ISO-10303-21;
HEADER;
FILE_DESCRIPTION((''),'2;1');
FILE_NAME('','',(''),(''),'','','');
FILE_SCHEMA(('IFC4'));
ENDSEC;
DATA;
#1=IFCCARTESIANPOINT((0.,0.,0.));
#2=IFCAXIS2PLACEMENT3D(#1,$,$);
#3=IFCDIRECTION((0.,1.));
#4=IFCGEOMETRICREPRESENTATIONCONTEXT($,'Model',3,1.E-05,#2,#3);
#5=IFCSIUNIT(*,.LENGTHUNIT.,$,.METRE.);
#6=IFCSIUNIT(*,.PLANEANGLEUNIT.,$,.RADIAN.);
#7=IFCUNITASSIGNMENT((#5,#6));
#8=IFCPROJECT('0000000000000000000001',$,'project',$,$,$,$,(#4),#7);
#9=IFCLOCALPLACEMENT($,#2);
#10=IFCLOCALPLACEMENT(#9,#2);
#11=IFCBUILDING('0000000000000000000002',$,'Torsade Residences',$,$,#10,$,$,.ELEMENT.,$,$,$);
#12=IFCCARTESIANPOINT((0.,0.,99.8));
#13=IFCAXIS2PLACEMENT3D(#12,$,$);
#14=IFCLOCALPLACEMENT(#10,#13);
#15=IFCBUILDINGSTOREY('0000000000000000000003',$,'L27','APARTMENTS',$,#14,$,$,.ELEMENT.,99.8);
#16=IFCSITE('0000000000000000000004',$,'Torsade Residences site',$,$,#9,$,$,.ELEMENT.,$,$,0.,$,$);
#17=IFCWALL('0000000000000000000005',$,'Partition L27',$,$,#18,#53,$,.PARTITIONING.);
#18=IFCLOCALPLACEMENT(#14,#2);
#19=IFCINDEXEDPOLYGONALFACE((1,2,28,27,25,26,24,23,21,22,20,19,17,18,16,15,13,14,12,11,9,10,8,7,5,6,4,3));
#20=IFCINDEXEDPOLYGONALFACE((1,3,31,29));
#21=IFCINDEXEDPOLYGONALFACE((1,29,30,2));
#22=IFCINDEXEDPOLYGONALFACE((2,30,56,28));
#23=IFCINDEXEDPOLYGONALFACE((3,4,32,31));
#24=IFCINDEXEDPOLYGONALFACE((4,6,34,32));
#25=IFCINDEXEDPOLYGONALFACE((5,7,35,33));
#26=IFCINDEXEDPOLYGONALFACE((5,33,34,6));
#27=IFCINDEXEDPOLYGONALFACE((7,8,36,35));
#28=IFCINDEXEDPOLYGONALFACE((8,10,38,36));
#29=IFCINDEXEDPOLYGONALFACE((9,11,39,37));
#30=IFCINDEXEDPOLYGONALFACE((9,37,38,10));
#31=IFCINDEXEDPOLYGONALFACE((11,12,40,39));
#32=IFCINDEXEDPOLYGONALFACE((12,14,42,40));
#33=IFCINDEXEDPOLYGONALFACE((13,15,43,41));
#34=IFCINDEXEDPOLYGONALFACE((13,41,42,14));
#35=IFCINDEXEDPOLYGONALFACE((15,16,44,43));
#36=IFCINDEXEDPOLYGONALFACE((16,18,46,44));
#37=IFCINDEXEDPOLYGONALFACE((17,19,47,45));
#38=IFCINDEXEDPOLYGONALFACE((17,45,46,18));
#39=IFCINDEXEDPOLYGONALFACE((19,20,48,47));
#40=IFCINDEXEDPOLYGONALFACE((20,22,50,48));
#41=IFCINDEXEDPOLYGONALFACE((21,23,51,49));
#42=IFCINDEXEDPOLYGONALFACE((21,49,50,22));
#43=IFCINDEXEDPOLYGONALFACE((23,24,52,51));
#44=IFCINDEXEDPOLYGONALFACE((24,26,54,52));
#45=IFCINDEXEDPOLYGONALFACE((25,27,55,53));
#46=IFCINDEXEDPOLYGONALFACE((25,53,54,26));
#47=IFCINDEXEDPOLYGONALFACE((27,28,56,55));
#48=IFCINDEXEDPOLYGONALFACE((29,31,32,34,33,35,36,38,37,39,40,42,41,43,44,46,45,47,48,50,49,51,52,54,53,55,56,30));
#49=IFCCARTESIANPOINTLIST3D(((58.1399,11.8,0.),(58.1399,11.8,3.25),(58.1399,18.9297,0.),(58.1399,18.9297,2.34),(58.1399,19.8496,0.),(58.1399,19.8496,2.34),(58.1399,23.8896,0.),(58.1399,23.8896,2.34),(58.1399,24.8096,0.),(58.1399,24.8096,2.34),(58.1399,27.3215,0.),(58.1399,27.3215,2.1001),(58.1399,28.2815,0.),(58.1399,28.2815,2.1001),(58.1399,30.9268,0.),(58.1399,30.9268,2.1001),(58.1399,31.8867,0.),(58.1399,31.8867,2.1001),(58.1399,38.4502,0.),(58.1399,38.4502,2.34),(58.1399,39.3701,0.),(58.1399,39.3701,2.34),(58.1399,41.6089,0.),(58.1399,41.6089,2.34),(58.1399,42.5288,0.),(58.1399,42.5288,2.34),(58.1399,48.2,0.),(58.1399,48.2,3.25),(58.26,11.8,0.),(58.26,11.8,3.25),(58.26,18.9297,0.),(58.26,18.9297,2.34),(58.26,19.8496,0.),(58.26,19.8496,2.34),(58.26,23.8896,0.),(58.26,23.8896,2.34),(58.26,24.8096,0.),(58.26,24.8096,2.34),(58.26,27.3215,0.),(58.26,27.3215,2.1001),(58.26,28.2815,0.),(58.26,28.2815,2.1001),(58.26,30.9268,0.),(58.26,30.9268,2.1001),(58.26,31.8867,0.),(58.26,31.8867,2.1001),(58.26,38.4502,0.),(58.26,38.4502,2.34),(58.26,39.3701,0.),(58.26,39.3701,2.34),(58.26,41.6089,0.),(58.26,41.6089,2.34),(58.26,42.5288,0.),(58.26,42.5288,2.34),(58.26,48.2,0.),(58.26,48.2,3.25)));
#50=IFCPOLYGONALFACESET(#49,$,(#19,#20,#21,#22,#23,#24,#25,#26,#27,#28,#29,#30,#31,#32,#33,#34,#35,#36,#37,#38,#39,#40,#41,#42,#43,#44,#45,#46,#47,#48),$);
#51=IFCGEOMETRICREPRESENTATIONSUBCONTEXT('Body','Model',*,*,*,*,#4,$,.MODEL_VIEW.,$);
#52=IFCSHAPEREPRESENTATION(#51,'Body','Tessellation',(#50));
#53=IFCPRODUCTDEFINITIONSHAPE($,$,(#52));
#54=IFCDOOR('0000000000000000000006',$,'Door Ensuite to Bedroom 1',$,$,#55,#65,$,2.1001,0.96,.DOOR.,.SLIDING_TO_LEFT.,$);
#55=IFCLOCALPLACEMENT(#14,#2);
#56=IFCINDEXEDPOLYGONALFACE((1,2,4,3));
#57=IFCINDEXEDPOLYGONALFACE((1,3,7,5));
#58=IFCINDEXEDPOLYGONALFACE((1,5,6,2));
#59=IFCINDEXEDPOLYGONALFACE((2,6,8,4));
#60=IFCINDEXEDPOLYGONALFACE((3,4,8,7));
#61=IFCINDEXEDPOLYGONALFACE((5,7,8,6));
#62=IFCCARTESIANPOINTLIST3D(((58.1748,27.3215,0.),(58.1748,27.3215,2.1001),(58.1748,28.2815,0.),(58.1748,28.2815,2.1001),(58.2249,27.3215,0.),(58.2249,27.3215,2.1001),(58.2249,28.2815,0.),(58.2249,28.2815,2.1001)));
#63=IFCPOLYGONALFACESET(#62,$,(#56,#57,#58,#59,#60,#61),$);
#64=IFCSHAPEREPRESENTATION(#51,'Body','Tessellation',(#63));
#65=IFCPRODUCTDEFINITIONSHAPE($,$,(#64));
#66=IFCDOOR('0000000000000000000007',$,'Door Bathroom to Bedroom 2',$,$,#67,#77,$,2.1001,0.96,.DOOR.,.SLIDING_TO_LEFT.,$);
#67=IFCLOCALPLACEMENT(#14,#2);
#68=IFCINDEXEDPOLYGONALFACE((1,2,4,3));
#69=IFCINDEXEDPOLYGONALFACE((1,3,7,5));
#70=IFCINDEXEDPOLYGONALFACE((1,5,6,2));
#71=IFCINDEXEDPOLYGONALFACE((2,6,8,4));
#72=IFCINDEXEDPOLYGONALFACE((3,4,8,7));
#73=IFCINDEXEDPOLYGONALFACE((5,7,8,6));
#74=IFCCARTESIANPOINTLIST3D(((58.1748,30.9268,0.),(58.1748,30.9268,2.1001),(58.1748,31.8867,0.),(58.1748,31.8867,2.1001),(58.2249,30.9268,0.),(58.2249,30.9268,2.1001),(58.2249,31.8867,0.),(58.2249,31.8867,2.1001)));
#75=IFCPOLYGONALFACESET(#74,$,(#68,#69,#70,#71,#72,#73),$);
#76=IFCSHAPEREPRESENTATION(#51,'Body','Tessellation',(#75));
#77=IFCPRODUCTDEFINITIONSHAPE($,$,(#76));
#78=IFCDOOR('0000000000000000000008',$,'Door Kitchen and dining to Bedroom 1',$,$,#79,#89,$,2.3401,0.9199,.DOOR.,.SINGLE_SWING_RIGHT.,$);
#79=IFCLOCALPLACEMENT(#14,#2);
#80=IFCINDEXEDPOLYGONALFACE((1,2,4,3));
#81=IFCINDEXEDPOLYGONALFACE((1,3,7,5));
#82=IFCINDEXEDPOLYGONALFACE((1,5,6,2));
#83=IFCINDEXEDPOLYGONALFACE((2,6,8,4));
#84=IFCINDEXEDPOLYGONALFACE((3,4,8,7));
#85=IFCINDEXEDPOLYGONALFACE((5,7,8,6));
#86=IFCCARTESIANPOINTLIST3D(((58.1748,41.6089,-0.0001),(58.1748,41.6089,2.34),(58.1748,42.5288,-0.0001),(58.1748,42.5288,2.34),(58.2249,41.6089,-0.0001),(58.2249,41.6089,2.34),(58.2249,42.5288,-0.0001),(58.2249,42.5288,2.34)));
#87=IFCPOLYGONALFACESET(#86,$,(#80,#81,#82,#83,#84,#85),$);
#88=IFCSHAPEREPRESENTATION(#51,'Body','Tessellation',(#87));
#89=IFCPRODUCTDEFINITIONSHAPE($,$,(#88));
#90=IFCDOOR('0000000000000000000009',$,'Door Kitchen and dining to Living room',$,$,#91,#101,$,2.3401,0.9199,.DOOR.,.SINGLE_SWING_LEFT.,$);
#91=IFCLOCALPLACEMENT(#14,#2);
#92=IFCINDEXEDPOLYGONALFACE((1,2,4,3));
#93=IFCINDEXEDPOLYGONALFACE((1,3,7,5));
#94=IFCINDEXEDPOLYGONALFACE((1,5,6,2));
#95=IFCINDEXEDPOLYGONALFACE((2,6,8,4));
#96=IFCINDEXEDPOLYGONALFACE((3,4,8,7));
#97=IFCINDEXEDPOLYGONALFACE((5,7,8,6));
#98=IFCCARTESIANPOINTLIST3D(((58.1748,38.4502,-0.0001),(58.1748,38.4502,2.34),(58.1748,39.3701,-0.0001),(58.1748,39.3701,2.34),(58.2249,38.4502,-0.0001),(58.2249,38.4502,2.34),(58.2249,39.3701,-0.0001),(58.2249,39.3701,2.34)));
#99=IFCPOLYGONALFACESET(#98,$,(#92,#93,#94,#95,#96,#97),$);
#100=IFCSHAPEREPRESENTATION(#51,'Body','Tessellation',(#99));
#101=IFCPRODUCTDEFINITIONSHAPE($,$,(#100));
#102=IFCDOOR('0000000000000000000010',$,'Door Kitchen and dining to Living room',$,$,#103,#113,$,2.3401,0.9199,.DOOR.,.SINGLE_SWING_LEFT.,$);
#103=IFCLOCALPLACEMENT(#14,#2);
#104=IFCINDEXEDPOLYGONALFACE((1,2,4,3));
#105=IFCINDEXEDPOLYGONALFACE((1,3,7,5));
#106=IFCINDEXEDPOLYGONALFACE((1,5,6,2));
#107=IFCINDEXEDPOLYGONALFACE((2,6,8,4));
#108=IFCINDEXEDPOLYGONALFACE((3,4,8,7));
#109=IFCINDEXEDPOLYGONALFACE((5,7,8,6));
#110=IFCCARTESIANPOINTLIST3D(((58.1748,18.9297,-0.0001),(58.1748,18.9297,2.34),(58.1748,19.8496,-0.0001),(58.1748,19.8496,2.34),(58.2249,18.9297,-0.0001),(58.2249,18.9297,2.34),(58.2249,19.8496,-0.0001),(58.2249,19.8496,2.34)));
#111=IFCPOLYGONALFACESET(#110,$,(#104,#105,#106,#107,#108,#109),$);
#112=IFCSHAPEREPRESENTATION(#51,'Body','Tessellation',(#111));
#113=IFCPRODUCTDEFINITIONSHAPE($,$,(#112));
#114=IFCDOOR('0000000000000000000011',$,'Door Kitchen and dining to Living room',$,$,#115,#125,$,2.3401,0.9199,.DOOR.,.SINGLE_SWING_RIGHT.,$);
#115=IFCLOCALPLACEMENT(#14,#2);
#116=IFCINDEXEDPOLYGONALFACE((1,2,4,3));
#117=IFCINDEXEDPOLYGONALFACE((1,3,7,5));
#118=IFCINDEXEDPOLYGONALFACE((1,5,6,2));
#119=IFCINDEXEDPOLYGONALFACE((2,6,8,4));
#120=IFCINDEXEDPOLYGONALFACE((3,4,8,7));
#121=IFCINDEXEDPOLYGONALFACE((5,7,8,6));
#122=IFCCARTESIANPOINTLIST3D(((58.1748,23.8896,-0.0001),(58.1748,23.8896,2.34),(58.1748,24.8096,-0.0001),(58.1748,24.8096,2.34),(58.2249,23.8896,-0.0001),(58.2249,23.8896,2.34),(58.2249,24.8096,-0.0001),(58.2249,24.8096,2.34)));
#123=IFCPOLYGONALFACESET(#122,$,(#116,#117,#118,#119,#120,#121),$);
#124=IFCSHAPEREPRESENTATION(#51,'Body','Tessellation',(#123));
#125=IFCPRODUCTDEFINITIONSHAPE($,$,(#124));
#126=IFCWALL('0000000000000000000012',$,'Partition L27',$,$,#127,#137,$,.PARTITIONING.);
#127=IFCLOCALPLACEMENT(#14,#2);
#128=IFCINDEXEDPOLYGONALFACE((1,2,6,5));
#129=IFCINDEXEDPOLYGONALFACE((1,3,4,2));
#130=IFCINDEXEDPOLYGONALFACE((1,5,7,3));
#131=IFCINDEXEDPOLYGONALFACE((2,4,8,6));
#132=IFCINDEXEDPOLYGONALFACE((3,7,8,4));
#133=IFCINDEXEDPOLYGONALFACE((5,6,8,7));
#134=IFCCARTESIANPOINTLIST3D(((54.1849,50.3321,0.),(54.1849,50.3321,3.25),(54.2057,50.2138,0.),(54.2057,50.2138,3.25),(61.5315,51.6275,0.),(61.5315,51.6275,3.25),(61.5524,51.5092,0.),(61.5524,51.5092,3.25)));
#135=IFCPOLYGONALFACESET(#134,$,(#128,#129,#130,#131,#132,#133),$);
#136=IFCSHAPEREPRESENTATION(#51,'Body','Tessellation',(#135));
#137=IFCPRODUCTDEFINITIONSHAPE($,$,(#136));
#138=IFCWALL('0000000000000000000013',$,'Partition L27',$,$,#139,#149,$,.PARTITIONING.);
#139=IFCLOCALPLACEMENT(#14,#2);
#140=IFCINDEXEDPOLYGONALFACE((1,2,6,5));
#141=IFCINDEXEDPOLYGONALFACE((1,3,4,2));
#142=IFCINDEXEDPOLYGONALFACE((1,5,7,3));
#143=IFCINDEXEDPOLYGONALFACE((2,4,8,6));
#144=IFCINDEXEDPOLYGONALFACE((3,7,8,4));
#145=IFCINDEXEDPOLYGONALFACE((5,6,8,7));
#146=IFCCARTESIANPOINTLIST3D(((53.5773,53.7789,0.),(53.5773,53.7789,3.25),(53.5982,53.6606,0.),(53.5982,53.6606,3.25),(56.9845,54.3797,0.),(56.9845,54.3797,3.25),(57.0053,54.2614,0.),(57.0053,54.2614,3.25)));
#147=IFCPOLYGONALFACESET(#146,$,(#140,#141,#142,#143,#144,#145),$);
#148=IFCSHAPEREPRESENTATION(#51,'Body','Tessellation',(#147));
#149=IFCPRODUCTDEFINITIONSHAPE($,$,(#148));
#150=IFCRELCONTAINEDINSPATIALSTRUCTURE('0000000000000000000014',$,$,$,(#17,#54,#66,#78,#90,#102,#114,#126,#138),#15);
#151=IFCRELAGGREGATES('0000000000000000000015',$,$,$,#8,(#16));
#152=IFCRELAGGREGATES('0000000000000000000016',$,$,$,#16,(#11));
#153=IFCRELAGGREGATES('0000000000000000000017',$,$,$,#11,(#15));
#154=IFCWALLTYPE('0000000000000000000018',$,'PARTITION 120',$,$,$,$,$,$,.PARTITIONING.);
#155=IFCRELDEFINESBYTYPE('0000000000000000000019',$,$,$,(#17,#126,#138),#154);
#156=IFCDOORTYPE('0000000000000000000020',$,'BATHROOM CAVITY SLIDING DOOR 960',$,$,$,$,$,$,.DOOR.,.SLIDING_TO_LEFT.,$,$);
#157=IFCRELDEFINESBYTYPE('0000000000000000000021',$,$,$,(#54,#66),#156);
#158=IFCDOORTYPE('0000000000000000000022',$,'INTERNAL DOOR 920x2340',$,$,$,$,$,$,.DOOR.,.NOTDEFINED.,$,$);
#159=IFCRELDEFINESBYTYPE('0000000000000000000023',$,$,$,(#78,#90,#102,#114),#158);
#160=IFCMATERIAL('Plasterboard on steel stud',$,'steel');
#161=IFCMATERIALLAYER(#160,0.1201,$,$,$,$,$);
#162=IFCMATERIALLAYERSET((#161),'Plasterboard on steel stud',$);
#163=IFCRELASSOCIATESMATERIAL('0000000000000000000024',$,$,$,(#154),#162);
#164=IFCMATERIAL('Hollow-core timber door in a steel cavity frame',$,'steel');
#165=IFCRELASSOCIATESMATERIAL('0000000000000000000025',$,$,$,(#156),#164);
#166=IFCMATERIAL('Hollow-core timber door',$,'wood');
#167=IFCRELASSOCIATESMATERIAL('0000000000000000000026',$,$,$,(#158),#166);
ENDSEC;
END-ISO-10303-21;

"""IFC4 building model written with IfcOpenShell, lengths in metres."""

from ifc_helpers import new_model, si_unit, direction, frame, frame_2d, origin, place, context, subcontext, project, spatial, rectangle, extrude, material, layer, layer_set, type_object, element, fill, save


model = new_model("IFC4")

# Units and contexts
model_context = context("Model", 3, precision=1e-05, world=origin(), true_north=direction((0.0, 1.0)))
body_context = subcontext(model_context, "Body", "Model", "MODEL_VIEW")
ifc_project = project(units=[si_unit("LENGTHUNIT", "METRE"), si_unit("PLANEANGLEUNIT", "RADIAN")], contexts=[model_context])

# Site, building, storey
site_placement = place(None, origin())
site = spatial("IfcSite", under=ifc_project, at=site_placement, Name="Torsade Residences site", CompositionType="ELEMENT", RefElevation=0.0)
building_placement = place(site_placement, origin())
building = spatial("IfcBuilding", under=site, at=building_placement, Name="Torsade Residences", CompositionType="ELEMENT")
storey_placement = place(building_placement, frame((0.0, 0.0, 99.8)))
storey = spatial("IfcBuildingStorey", under=building, at=storey_placement, Name="L27", Description="APARTMENTS", CompositionType="ELEMENT", Elevation=99.8)

# Wall, openings, doors
ifc_material_1 = material(Name="Plasterboard on steel stud", Category="steel")
ifc_layer_1 = layer(ifc_material_1, 0.1201)
ifc_layer_set_1 = layer_set([ifc_layer_1], Name="Plasterboard on steel stud")
wall_type = type_object("IfcWallType", Name="PARTITION 120", PredefinedType="PARTITIONING", material=ifc_layer_set_1)
wall_1_placement = place(storey_placement, frame((58.2, 48.2, 0.0), z_axis=(0.0, 0.0, 1.0), x_axis=(0.0, -1.0, 0.0)))
wall_1 = element("IfcWall", 1, at=wall_1_placement, inside=storey, type_object=wall_type, Name="Partition L27", PredefinedType="PARTITIONING", context=body_context, shape_type="SweptSolid", body=[
    extrude(rectangle(XDim=36.3999, YDim=0.1201, at=frame_2d((18.2, 0.0))), origin(), (0.0, 0.0, 1.0), 3.25),
])
opening_1_placement = place(wall_1_placement, frame((5.6711, 0.0, 0.0)))
opening_1 = element("IfcOpeningElement", 2, at=opening_1_placement, cuts=wall_1, PredefinedType="OPENING", context=body_context, shape_type="SweptSolid", body=[
    extrude(rectangle(XDim=0.9199, YDim=2.3401, at=frame_2d((0.46, 1.1699))), frame((0.0, 0.0701, 0.0), z_axis=(0.0, -1.0, 0.0), x_axis=(1.0, 0.0, 0.0)), (0.0, 0.0, 1.0), 0.1401),
])
opening_2_placement = place(wall_1_placement, frame((8.8298, 0.0, 0.0)))
opening_2 = element("IfcOpeningElement", 3, at=opening_2_placement, cuts=wall_1, PredefinedType="OPENING", context=body_context, shape_type="SweptSolid", body=[
    extrude(rectangle(XDim=0.9199, YDim=2.3401, at=frame_2d((0.46, 1.1699))), frame((0.0, 0.0701, 0.0), z_axis=(0.0, -1.0, 0.0), x_axis=(1.0, 0.0, 0.0)), (0.0, 0.0, 1.0), 0.1401),
])
opening_3_placement = place(wall_1_placement, frame((28.3503, 0.0, 0.0)))
opening_3 = element("IfcOpeningElement", 4, at=opening_3_placement, cuts=wall_1, PredefinedType="OPENING", context=body_context, shape_type="SweptSolid", body=[
    extrude(rectangle(XDim=0.9199, YDim=2.3401, at=frame_2d((0.46, 1.1699))), frame((0.0, 0.0701, 0.0), z_axis=(0.0, -1.0, 0.0), x_axis=(1.0, 0.0, 0.0)), (0.0, 0.0, 1.0), 0.1401),
])
opening_4_placement = place(wall_1_placement, frame((23.3904, 0.0, 0.0)))
opening_4 = element("IfcOpeningElement", 5, at=opening_4_placement, cuts=wall_1, PredefinedType="OPENING", context=body_context, shape_type="SweptSolid", body=[
    extrude(rectangle(XDim=0.9199, YDim=2.3401, at=frame_2d((0.46, 1.1699))), frame((0.0, 0.0701, 0.0), z_axis=(0.0, -1.0, 0.0), x_axis=(1.0, 0.0, 0.0)), (0.0, 0.0, 1.0), 0.1401),
])
opening_5_placement = place(wall_1_placement, frame((19.9185, 0.0, 0.0)))
opening_5 = element("IfcOpeningElement", 6, at=opening_5_placement, cuts=wall_1, PredefinedType="OPENING", context=body_context, shape_type="SweptSolid", body=[
    extrude(rectangle(XDim=0.96, YDim=2.1001, at=frame_2d((0.48, 1.05))), frame((0.0, 0.0701, 0.0), z_axis=(0.0, -1.0, 0.0), x_axis=(1.0, 0.0, 0.0)), (0.0, 0.0, 1.0), 0.1401),
])
opening_6_placement = place(wall_1_placement, frame((16.3132, 0.0, 0.0)))
opening_6 = element("IfcOpeningElement", 7, at=opening_6_placement, cuts=wall_1, PredefinedType="OPENING", context=body_context, shape_type="SweptSolid", body=[
    extrude(rectangle(XDim=0.96, YDim=2.1001, at=frame_2d((0.48, 1.05))), frame((0.0, 0.0701, 0.0), z_axis=(0.0, -1.0, 0.0), x_axis=(1.0, 0.0, 0.0)), (0.0, 0.0, 1.0), 0.1401),
])
ifc_material_2 = material(Name="Hollow-core timber door in a steel cavity frame", Category="steel")
door_type_1 = type_object("IfcDoorType", Name="BATHROOM CAVITY SLIDING DOOR 960", OperationType="SLIDING_TO_LEFT", PredefinedType="DOOR", material=ifc_material_2)
door_1_placement = place(opening_5_placement, origin())
door_1 = element("IfcDoor", 8, at=door_1_placement, inside=storey, type_object=door_type_1, Name="Door Ensuite to Bedroom 1", OperationType="SLIDING_TO_LEFT", OverallHeight=2.1001, OverallWidth=0.96, PredefinedType="DOOR", context=body_context, shape_type="SweptSolid", body=[
    extrude(rectangle(XDim=0.96, YDim=2.1001, at=frame_2d((0.48, 1.05))), frame((0.0, 0.0249, 0.0), z_axis=(0.0, -1.0, 0.0), x_axis=(1.0, 0.0, 0.0)), (0.0, 0.0, 1.0), 0.05),
])
fill(opening_5, door_1)
door_2_placement = place(opening_6_placement, origin())
door_2 = element("IfcDoor", 9, at=door_2_placement, inside=storey, type_object=door_type_1, Name="Door Bathroom to Bedroom 2", OperationType="SLIDING_TO_LEFT", OverallHeight=2.1001, OverallWidth=0.96, PredefinedType="DOOR", context=body_context, shape_type="SweptSolid", body=[
    extrude(rectangle(XDim=0.96, YDim=2.1001, at=frame_2d((0.48, 1.05))), frame((0.0, 0.0249, 0.0), z_axis=(0.0, -1.0, 0.0), x_axis=(1.0, 0.0, 0.0)), (0.0, 0.0, 1.0), 0.05),
])
fill(opening_6, door_2)
ifc_material_3 = material(Name="Hollow-core timber door", Category="wood")
door_type_2 = type_object("IfcDoorType", Name="INTERNAL DOOR 920x2340", OperationType="NOTDEFINED", PredefinedType="DOOR", material=ifc_material_3)
door_3_placement = place(opening_1_placement, origin())
door_3 = element("IfcDoor", 10, at=door_3_placement, inside=storey, type_object=door_type_2, Name="Door Kitchen and dining to Bedroom 1", OperationType="SINGLE_SWING_RIGHT", OverallHeight=2.3401, OverallWidth=0.9199, PredefinedType="DOOR", context=body_context, shape_type="SweptSolid", body=[
    extrude(rectangle(XDim=0.9199, YDim=2.3401, at=frame_2d((0.46, 1.1699))), frame((0.0, 0.0249, 0.0), z_axis=(0.0, -1.0, 0.0), x_axis=(1.0, 0.0, 0.0)), (0.0, 0.0, 1.0), 0.05),
])
fill(opening_1, door_3)
door_4_placement = place(opening_2_placement, origin())
door_4 = element("IfcDoor", 11, at=door_4_placement, inside=storey, type_object=door_type_2, Name="Door Kitchen and dining to Living room", OperationType="SINGLE_SWING_LEFT", OverallHeight=2.3401, OverallWidth=0.9199, PredefinedType="DOOR", context=body_context, shape_type="SweptSolid", body=[
    extrude(rectangle(XDim=0.9199, YDim=2.3401, at=frame_2d((0.46, 1.1699))), frame((0.0, 0.0249, 0.0), z_axis=(0.0, -1.0, 0.0), x_axis=(1.0, 0.0, 0.0)), (0.0, 0.0, 1.0), 0.05),
])
fill(opening_2, door_4)
door_5_placement = place(opening_3_placement, origin())
door_5 = element("IfcDoor", 12, at=door_5_placement, inside=storey, type_object=door_type_2, Name="Door Kitchen and dining to Living room", OperationType="SINGLE_SWING_LEFT", OverallHeight=2.3401, OverallWidth=0.9199, PredefinedType="DOOR", context=body_context, shape_type="SweptSolid", body=[
    extrude(rectangle(XDim=0.9199, YDim=2.3401, at=frame_2d((0.46, 1.1699))), frame((0.0, 0.0249, 0.0), z_axis=(0.0, -1.0, 0.0), x_axis=(1.0, 0.0, 0.0)), (0.0, 0.0, 1.0), 0.05),
])
fill(opening_3, door_5)
door_6_placement = place(opening_4_placement, origin())
door_6 = element("IfcDoor", 13, at=door_6_placement, inside=storey, type_object=door_type_2, Name="Door Kitchen and dining to Living room", OperationType="SINGLE_SWING_RIGHT", OverallHeight=2.3401, OverallWidth=0.9199, PredefinedType="DOOR", context=body_context, shape_type="SweptSolid", body=[
    extrude(rectangle(XDim=0.9199, YDim=2.3401, at=frame_2d((0.46, 1.1699))), frame((0.0, 0.0249, 0.0), z_axis=(0.0, -1.0, 0.0), x_axis=(1.0, 0.0, 0.0)), (0.0, 0.0, 1.0), 0.05),
])
fill(opening_4, door_6)

# Walls
wall_2_placement = place(storey_placement, frame((54.1953, 50.2729, 0.0), z_axis=(0.0, 0.0, 1.0), x_axis=(0.984808, 0.173647, 0.0)))
element("IfcWall", 14, at=wall_2_placement, inside=storey, type_object=wall_type, Name="Partition L27", PredefinedType="PARTITIONING", context=body_context, shape_type="SweptSolid", body=[
    extrude(rectangle(XDim=7.46, YDim=0.1201, at=frame_2d((3.73, 0.0))), origin(), (0.0, 0.0, 1.0), 3.25),
])
wall_3_placement = place(storey_placement, frame((53.5876, 53.7197, 0.0), z_axis=(0.0, 0.0, 1.0), x_axis=(0.984806, 0.173661, 0.0)))
element("IfcWall", 15, at=wall_3_placement, inside=storey, type_object=wall_type, Name="Partition L27", PredefinedType="PARTITIONING", context=body_context, shape_type="SweptSolid", body=[
    extrude(rectangle(XDim=3.4597, YDim=0.1201, at=frame_2d((1.73, 0.0))), origin(), (0.0, 0.0, 1.0), 3.25),
])

save(model, "model.ifc")
